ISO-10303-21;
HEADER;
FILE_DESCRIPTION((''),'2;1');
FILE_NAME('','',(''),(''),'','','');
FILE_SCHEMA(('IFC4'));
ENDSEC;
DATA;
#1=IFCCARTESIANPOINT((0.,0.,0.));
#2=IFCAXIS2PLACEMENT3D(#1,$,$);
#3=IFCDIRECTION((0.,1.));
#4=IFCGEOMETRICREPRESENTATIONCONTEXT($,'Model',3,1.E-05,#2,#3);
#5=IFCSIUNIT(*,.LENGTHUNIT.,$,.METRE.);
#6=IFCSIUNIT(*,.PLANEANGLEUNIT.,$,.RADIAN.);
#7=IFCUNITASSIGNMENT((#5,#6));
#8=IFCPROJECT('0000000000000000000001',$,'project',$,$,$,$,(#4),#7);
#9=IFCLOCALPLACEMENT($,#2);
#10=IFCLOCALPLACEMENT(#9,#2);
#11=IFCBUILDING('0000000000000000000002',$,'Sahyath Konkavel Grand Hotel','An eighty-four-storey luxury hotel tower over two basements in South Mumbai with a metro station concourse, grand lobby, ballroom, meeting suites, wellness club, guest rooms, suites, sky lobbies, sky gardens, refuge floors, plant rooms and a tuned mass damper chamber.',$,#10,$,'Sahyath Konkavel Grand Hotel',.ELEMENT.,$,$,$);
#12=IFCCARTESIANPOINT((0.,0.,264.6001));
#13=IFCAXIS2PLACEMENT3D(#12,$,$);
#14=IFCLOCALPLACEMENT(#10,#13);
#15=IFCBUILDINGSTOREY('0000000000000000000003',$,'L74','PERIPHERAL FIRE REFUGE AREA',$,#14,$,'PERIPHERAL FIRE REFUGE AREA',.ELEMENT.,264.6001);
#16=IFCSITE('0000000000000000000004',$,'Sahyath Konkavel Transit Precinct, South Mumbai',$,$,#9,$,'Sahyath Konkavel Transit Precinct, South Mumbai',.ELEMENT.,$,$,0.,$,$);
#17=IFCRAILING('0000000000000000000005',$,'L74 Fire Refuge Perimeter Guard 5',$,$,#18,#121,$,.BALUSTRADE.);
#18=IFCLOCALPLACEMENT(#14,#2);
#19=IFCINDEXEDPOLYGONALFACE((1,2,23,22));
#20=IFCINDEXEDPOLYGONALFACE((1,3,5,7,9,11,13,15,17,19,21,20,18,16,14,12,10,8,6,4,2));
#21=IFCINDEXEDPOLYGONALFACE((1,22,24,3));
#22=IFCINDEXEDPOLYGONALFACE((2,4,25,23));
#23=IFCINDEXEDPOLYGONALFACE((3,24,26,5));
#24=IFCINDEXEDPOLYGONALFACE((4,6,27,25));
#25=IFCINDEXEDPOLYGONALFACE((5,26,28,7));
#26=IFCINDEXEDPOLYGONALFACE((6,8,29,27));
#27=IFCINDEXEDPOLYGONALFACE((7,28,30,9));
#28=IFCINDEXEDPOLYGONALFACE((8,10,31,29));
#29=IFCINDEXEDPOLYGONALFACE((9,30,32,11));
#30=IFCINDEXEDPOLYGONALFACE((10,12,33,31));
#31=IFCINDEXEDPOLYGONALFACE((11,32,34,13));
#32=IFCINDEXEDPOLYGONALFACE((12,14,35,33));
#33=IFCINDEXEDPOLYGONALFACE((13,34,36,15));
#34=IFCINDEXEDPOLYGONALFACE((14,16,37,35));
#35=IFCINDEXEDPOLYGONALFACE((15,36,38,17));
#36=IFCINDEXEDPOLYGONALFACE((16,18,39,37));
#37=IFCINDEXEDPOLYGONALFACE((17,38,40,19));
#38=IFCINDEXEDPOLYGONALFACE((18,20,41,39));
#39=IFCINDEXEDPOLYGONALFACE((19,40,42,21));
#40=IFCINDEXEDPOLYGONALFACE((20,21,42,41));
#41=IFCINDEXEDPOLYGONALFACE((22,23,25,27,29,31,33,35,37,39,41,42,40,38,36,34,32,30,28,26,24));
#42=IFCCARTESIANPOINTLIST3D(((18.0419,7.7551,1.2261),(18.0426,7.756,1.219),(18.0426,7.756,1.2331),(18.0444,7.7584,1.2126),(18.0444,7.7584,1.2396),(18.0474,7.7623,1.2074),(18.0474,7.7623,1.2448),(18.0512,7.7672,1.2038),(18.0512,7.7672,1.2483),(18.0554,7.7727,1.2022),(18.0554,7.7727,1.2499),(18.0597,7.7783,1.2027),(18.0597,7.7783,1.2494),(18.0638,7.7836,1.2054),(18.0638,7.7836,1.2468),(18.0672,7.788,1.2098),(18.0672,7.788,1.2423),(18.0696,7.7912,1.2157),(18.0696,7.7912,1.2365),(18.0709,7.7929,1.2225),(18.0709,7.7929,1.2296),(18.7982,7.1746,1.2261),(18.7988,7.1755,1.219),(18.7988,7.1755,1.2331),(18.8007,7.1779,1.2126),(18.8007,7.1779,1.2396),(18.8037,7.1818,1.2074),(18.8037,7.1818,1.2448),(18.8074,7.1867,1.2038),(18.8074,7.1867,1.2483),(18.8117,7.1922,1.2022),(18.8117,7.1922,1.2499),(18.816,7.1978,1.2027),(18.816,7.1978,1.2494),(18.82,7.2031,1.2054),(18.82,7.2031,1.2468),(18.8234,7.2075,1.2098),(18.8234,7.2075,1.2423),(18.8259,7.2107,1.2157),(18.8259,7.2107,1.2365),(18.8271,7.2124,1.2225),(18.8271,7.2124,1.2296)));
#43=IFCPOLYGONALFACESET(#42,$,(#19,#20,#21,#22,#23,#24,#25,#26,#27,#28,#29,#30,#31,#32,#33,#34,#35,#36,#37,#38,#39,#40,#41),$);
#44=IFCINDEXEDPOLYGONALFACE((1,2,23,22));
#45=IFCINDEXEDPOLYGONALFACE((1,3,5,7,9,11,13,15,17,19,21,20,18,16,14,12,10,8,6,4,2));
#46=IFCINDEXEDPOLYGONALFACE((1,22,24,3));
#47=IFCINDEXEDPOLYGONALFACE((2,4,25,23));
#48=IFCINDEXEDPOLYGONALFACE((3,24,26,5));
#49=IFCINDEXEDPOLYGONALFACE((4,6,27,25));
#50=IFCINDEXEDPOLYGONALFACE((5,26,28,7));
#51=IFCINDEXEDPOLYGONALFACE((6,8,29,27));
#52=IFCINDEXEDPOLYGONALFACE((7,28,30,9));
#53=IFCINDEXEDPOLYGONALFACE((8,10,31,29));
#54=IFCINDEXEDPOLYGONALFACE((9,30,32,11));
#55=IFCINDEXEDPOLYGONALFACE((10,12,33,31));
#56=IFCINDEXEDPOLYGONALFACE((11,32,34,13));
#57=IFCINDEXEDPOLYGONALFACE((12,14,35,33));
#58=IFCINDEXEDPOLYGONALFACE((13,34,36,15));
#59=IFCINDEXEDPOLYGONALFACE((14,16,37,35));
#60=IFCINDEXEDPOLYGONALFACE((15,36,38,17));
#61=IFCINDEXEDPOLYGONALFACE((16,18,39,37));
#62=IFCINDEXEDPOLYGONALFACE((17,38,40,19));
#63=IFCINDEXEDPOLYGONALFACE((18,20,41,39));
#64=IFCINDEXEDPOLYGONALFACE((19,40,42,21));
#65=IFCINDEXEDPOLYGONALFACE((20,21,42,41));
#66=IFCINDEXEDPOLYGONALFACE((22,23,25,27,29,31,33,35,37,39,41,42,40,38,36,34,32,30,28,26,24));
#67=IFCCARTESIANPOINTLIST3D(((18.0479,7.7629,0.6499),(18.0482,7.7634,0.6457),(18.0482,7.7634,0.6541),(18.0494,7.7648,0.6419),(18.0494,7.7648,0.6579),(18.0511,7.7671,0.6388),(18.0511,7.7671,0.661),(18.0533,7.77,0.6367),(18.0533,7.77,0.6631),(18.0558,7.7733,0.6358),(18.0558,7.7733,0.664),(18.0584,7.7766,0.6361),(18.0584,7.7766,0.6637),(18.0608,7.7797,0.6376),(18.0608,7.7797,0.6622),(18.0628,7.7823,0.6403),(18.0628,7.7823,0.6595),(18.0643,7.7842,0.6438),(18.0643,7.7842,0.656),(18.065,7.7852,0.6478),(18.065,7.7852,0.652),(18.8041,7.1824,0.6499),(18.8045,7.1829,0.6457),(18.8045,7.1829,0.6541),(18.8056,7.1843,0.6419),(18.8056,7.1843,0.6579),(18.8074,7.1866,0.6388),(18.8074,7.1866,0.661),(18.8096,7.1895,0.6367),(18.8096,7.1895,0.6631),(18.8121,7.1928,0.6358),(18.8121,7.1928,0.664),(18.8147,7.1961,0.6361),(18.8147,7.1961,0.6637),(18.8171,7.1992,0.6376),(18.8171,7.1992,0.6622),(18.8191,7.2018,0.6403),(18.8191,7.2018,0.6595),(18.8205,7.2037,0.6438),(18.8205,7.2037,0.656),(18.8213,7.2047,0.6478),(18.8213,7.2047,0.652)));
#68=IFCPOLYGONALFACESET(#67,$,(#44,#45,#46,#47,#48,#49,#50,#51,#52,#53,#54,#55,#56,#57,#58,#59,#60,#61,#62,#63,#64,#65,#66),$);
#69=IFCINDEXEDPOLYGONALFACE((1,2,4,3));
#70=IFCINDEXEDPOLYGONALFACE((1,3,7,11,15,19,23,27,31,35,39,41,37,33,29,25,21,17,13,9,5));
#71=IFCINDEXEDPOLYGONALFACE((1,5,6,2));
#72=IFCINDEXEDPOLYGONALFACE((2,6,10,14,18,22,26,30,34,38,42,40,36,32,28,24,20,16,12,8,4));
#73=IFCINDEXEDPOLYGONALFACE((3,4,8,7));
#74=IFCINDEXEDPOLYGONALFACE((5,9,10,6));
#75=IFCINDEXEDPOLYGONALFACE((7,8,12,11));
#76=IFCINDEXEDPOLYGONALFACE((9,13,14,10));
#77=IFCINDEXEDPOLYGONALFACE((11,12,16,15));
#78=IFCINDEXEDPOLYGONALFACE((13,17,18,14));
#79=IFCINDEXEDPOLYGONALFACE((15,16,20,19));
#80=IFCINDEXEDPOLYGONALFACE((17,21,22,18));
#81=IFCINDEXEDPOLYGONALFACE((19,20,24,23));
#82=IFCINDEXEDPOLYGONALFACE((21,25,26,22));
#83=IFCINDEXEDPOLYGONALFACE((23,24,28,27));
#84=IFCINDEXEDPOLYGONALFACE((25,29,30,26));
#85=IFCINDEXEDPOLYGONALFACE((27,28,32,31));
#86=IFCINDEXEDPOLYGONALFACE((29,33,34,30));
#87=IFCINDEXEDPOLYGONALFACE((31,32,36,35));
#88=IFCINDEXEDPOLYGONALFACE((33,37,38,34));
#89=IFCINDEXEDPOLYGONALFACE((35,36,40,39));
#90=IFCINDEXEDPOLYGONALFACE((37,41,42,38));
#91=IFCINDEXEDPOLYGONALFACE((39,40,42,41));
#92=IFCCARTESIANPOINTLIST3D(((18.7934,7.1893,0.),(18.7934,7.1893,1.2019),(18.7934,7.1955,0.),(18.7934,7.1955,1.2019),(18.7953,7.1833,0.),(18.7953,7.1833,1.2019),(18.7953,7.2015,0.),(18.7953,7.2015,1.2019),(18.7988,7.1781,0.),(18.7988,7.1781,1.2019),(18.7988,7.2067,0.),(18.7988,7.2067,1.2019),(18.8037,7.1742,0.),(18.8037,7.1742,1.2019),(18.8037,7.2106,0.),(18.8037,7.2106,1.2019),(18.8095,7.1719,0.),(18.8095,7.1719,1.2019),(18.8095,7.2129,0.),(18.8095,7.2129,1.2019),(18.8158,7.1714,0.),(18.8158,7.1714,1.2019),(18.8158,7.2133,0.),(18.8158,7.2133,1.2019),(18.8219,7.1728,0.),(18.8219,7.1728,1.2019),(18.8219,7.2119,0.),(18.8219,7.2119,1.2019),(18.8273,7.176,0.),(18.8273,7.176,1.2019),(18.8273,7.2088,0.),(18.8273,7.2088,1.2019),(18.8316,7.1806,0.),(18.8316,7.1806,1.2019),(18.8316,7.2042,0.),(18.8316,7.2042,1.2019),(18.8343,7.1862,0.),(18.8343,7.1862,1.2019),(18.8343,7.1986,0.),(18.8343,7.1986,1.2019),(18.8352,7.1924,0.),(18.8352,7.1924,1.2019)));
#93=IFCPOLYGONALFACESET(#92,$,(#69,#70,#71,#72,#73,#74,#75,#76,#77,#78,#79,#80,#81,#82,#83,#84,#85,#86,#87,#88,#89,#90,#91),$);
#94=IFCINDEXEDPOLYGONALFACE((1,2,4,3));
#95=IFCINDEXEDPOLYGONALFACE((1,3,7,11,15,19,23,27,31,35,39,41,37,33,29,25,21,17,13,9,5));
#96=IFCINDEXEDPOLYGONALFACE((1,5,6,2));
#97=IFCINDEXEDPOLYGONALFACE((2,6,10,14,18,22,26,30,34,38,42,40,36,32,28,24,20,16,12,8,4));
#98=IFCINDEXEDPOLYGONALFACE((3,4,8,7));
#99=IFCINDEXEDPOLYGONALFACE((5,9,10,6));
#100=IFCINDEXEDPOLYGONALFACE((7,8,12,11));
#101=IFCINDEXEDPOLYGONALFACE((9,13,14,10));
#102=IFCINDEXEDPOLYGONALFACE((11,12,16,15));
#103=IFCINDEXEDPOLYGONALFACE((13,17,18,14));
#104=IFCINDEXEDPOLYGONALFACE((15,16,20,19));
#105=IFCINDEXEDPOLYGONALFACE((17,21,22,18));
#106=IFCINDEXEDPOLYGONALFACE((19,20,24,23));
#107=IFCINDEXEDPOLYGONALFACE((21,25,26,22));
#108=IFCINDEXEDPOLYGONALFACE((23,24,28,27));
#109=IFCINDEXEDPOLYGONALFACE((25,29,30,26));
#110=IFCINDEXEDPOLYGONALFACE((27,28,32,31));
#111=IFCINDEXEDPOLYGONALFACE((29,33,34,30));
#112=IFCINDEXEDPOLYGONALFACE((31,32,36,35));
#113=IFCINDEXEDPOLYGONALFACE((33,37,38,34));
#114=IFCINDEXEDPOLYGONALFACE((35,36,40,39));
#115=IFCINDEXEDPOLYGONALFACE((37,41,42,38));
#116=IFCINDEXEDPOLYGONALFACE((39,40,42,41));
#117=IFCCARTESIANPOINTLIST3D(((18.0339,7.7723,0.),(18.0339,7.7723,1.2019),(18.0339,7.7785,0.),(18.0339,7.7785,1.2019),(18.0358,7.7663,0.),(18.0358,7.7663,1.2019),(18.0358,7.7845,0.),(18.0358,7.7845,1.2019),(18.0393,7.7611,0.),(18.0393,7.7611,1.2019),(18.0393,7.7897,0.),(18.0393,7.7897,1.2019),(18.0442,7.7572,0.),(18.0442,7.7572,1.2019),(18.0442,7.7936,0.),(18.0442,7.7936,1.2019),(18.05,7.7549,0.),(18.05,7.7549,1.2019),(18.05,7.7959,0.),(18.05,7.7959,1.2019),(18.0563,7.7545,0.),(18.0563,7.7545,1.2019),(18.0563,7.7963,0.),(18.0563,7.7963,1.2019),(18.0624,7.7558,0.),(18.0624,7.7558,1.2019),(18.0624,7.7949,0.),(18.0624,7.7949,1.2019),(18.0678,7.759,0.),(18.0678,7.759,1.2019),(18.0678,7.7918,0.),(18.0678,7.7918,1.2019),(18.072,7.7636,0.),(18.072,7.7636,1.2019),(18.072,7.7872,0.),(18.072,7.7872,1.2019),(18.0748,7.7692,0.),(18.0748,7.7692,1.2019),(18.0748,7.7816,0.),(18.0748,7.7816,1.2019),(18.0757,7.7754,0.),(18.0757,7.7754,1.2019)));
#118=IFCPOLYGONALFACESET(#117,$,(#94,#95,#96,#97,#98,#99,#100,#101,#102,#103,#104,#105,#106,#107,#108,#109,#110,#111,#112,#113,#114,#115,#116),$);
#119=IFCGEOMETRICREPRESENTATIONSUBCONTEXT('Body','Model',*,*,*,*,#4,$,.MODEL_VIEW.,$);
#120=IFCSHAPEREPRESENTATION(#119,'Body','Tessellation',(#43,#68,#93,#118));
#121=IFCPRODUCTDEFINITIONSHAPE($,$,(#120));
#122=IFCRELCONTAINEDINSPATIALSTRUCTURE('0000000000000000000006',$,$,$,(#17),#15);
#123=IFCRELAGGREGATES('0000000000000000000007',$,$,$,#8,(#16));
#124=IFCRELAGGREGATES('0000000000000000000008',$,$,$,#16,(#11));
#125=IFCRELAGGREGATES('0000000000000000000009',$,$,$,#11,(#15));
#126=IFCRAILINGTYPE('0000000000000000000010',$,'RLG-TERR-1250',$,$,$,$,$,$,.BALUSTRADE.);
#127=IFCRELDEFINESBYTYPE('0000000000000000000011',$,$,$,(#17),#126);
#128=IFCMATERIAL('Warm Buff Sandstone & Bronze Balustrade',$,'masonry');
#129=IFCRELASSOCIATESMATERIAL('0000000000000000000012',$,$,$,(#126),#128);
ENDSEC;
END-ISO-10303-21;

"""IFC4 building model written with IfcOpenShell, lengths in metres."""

from ifc_helpers import new_model, si_unit, direction, frame, origin, origin_2d, place, context, subcontext, project, spatial, circle, extrude, material, type_object, element, save


model = new_model("IFC4")

# Units and contexts
model_context = context("Model", 3, precision=1e-05, world=origin(), true_north=direction((0.0, 1.0)))
body_context = subcontext(model_context, "Body", "Model", "MODEL_VIEW")
ifc_project = project(units=[si_unit("LENGTHUNIT", "METRE"), si_unit("PLANEANGLEUNIT", "RADIAN")], contexts=[model_context])

# Site, building, storey
site_placement = place(None, origin())
site = spatial("IfcSite", under=ifc_project, at=site_placement, Name="Sahyath Konkavel Transit Precinct, South Mumbai", LongName="Sahyath Konkavel Transit Precinct, South Mumbai", CompositionType="ELEMENT", RefElevation=0.0)
building_placement = place(site_placement, origin())
building = spatial("IfcBuilding", under=site, at=building_placement, Name="Sahyath Konkavel Grand Hotel", Description="An eighty-four-storey luxury hotel tower over two basements in South Mumbai with a metro station concourse, grand lobby, ballroom, meeting suites, wellness club, guest rooms, suites, sky lobbies, sky gardens, refuge floors, plant rooms and a tuned mass damper chamber.", LongName="Sahyath Konkavel Grand Hotel", CompositionType="ELEMENT")
storey_placement = place(building_placement, frame((0.0, 0.0, 264.6001)))
storey = spatial("IfcBuildingStorey", under=building, at=storey_placement, Name="L74", Description="PERIPHERAL FIRE REFUGE AREA", LongName="PERIPHERAL FIRE REFUGE AREA", CompositionType="ELEMENT", Elevation=264.6001)

# Railing
ifc_material_1 = material(Name="Warm Buff Sandstone & Bronze Balustrade", Category="masonry")
railing_type = type_object("IfcRailingType", Name="RLG-TERR-1250", PredefinedType="BALUSTRADE", material=ifc_material_1)
railing_1_placement = place(storey_placement, frame((18.8142, 7.1924, 0.0)))
element("IfcRailing", 1, at=railing_1_placement, inside=storey, type_object=railing_type, Name="L74 Fire Refuge Perimeter Guard 5", PredefinedType="BALUSTRADE", context=body_context, shape_type="SweptSolid", body=[
    extrude(circle(Radius=0.0239, at=origin_2d()), frame((-0.0015, 0.0012, 1.2261), z_axis=(-0.793249, 0.608897, 0.0), x_axis=(-0.608897, -0.793249, 0.0)), (0.0, 0.0, 1.0), 0.9534),
    extrude(circle(Radius=0.0142, at=origin_2d()), frame((-0.0015, 0.0012, 0.6499), z_axis=(-0.793249, 0.608897, 0.0), x_axis=(-0.608897, -0.793249, 0.0)), (0.0, 0.0, 1.0), 0.9534),
    extrude(circle(Radius=0.021, at=origin_2d()), origin(), (0.0, 0.0, 1.0), 1.2019),
    extrude(circle(Radius=0.021, at=origin_2d()), frame((-0.7595, 0.583, 0.0)), (0.0, 0.0, 1.0), 1.2019),
])

save(model, "model.ifc")
